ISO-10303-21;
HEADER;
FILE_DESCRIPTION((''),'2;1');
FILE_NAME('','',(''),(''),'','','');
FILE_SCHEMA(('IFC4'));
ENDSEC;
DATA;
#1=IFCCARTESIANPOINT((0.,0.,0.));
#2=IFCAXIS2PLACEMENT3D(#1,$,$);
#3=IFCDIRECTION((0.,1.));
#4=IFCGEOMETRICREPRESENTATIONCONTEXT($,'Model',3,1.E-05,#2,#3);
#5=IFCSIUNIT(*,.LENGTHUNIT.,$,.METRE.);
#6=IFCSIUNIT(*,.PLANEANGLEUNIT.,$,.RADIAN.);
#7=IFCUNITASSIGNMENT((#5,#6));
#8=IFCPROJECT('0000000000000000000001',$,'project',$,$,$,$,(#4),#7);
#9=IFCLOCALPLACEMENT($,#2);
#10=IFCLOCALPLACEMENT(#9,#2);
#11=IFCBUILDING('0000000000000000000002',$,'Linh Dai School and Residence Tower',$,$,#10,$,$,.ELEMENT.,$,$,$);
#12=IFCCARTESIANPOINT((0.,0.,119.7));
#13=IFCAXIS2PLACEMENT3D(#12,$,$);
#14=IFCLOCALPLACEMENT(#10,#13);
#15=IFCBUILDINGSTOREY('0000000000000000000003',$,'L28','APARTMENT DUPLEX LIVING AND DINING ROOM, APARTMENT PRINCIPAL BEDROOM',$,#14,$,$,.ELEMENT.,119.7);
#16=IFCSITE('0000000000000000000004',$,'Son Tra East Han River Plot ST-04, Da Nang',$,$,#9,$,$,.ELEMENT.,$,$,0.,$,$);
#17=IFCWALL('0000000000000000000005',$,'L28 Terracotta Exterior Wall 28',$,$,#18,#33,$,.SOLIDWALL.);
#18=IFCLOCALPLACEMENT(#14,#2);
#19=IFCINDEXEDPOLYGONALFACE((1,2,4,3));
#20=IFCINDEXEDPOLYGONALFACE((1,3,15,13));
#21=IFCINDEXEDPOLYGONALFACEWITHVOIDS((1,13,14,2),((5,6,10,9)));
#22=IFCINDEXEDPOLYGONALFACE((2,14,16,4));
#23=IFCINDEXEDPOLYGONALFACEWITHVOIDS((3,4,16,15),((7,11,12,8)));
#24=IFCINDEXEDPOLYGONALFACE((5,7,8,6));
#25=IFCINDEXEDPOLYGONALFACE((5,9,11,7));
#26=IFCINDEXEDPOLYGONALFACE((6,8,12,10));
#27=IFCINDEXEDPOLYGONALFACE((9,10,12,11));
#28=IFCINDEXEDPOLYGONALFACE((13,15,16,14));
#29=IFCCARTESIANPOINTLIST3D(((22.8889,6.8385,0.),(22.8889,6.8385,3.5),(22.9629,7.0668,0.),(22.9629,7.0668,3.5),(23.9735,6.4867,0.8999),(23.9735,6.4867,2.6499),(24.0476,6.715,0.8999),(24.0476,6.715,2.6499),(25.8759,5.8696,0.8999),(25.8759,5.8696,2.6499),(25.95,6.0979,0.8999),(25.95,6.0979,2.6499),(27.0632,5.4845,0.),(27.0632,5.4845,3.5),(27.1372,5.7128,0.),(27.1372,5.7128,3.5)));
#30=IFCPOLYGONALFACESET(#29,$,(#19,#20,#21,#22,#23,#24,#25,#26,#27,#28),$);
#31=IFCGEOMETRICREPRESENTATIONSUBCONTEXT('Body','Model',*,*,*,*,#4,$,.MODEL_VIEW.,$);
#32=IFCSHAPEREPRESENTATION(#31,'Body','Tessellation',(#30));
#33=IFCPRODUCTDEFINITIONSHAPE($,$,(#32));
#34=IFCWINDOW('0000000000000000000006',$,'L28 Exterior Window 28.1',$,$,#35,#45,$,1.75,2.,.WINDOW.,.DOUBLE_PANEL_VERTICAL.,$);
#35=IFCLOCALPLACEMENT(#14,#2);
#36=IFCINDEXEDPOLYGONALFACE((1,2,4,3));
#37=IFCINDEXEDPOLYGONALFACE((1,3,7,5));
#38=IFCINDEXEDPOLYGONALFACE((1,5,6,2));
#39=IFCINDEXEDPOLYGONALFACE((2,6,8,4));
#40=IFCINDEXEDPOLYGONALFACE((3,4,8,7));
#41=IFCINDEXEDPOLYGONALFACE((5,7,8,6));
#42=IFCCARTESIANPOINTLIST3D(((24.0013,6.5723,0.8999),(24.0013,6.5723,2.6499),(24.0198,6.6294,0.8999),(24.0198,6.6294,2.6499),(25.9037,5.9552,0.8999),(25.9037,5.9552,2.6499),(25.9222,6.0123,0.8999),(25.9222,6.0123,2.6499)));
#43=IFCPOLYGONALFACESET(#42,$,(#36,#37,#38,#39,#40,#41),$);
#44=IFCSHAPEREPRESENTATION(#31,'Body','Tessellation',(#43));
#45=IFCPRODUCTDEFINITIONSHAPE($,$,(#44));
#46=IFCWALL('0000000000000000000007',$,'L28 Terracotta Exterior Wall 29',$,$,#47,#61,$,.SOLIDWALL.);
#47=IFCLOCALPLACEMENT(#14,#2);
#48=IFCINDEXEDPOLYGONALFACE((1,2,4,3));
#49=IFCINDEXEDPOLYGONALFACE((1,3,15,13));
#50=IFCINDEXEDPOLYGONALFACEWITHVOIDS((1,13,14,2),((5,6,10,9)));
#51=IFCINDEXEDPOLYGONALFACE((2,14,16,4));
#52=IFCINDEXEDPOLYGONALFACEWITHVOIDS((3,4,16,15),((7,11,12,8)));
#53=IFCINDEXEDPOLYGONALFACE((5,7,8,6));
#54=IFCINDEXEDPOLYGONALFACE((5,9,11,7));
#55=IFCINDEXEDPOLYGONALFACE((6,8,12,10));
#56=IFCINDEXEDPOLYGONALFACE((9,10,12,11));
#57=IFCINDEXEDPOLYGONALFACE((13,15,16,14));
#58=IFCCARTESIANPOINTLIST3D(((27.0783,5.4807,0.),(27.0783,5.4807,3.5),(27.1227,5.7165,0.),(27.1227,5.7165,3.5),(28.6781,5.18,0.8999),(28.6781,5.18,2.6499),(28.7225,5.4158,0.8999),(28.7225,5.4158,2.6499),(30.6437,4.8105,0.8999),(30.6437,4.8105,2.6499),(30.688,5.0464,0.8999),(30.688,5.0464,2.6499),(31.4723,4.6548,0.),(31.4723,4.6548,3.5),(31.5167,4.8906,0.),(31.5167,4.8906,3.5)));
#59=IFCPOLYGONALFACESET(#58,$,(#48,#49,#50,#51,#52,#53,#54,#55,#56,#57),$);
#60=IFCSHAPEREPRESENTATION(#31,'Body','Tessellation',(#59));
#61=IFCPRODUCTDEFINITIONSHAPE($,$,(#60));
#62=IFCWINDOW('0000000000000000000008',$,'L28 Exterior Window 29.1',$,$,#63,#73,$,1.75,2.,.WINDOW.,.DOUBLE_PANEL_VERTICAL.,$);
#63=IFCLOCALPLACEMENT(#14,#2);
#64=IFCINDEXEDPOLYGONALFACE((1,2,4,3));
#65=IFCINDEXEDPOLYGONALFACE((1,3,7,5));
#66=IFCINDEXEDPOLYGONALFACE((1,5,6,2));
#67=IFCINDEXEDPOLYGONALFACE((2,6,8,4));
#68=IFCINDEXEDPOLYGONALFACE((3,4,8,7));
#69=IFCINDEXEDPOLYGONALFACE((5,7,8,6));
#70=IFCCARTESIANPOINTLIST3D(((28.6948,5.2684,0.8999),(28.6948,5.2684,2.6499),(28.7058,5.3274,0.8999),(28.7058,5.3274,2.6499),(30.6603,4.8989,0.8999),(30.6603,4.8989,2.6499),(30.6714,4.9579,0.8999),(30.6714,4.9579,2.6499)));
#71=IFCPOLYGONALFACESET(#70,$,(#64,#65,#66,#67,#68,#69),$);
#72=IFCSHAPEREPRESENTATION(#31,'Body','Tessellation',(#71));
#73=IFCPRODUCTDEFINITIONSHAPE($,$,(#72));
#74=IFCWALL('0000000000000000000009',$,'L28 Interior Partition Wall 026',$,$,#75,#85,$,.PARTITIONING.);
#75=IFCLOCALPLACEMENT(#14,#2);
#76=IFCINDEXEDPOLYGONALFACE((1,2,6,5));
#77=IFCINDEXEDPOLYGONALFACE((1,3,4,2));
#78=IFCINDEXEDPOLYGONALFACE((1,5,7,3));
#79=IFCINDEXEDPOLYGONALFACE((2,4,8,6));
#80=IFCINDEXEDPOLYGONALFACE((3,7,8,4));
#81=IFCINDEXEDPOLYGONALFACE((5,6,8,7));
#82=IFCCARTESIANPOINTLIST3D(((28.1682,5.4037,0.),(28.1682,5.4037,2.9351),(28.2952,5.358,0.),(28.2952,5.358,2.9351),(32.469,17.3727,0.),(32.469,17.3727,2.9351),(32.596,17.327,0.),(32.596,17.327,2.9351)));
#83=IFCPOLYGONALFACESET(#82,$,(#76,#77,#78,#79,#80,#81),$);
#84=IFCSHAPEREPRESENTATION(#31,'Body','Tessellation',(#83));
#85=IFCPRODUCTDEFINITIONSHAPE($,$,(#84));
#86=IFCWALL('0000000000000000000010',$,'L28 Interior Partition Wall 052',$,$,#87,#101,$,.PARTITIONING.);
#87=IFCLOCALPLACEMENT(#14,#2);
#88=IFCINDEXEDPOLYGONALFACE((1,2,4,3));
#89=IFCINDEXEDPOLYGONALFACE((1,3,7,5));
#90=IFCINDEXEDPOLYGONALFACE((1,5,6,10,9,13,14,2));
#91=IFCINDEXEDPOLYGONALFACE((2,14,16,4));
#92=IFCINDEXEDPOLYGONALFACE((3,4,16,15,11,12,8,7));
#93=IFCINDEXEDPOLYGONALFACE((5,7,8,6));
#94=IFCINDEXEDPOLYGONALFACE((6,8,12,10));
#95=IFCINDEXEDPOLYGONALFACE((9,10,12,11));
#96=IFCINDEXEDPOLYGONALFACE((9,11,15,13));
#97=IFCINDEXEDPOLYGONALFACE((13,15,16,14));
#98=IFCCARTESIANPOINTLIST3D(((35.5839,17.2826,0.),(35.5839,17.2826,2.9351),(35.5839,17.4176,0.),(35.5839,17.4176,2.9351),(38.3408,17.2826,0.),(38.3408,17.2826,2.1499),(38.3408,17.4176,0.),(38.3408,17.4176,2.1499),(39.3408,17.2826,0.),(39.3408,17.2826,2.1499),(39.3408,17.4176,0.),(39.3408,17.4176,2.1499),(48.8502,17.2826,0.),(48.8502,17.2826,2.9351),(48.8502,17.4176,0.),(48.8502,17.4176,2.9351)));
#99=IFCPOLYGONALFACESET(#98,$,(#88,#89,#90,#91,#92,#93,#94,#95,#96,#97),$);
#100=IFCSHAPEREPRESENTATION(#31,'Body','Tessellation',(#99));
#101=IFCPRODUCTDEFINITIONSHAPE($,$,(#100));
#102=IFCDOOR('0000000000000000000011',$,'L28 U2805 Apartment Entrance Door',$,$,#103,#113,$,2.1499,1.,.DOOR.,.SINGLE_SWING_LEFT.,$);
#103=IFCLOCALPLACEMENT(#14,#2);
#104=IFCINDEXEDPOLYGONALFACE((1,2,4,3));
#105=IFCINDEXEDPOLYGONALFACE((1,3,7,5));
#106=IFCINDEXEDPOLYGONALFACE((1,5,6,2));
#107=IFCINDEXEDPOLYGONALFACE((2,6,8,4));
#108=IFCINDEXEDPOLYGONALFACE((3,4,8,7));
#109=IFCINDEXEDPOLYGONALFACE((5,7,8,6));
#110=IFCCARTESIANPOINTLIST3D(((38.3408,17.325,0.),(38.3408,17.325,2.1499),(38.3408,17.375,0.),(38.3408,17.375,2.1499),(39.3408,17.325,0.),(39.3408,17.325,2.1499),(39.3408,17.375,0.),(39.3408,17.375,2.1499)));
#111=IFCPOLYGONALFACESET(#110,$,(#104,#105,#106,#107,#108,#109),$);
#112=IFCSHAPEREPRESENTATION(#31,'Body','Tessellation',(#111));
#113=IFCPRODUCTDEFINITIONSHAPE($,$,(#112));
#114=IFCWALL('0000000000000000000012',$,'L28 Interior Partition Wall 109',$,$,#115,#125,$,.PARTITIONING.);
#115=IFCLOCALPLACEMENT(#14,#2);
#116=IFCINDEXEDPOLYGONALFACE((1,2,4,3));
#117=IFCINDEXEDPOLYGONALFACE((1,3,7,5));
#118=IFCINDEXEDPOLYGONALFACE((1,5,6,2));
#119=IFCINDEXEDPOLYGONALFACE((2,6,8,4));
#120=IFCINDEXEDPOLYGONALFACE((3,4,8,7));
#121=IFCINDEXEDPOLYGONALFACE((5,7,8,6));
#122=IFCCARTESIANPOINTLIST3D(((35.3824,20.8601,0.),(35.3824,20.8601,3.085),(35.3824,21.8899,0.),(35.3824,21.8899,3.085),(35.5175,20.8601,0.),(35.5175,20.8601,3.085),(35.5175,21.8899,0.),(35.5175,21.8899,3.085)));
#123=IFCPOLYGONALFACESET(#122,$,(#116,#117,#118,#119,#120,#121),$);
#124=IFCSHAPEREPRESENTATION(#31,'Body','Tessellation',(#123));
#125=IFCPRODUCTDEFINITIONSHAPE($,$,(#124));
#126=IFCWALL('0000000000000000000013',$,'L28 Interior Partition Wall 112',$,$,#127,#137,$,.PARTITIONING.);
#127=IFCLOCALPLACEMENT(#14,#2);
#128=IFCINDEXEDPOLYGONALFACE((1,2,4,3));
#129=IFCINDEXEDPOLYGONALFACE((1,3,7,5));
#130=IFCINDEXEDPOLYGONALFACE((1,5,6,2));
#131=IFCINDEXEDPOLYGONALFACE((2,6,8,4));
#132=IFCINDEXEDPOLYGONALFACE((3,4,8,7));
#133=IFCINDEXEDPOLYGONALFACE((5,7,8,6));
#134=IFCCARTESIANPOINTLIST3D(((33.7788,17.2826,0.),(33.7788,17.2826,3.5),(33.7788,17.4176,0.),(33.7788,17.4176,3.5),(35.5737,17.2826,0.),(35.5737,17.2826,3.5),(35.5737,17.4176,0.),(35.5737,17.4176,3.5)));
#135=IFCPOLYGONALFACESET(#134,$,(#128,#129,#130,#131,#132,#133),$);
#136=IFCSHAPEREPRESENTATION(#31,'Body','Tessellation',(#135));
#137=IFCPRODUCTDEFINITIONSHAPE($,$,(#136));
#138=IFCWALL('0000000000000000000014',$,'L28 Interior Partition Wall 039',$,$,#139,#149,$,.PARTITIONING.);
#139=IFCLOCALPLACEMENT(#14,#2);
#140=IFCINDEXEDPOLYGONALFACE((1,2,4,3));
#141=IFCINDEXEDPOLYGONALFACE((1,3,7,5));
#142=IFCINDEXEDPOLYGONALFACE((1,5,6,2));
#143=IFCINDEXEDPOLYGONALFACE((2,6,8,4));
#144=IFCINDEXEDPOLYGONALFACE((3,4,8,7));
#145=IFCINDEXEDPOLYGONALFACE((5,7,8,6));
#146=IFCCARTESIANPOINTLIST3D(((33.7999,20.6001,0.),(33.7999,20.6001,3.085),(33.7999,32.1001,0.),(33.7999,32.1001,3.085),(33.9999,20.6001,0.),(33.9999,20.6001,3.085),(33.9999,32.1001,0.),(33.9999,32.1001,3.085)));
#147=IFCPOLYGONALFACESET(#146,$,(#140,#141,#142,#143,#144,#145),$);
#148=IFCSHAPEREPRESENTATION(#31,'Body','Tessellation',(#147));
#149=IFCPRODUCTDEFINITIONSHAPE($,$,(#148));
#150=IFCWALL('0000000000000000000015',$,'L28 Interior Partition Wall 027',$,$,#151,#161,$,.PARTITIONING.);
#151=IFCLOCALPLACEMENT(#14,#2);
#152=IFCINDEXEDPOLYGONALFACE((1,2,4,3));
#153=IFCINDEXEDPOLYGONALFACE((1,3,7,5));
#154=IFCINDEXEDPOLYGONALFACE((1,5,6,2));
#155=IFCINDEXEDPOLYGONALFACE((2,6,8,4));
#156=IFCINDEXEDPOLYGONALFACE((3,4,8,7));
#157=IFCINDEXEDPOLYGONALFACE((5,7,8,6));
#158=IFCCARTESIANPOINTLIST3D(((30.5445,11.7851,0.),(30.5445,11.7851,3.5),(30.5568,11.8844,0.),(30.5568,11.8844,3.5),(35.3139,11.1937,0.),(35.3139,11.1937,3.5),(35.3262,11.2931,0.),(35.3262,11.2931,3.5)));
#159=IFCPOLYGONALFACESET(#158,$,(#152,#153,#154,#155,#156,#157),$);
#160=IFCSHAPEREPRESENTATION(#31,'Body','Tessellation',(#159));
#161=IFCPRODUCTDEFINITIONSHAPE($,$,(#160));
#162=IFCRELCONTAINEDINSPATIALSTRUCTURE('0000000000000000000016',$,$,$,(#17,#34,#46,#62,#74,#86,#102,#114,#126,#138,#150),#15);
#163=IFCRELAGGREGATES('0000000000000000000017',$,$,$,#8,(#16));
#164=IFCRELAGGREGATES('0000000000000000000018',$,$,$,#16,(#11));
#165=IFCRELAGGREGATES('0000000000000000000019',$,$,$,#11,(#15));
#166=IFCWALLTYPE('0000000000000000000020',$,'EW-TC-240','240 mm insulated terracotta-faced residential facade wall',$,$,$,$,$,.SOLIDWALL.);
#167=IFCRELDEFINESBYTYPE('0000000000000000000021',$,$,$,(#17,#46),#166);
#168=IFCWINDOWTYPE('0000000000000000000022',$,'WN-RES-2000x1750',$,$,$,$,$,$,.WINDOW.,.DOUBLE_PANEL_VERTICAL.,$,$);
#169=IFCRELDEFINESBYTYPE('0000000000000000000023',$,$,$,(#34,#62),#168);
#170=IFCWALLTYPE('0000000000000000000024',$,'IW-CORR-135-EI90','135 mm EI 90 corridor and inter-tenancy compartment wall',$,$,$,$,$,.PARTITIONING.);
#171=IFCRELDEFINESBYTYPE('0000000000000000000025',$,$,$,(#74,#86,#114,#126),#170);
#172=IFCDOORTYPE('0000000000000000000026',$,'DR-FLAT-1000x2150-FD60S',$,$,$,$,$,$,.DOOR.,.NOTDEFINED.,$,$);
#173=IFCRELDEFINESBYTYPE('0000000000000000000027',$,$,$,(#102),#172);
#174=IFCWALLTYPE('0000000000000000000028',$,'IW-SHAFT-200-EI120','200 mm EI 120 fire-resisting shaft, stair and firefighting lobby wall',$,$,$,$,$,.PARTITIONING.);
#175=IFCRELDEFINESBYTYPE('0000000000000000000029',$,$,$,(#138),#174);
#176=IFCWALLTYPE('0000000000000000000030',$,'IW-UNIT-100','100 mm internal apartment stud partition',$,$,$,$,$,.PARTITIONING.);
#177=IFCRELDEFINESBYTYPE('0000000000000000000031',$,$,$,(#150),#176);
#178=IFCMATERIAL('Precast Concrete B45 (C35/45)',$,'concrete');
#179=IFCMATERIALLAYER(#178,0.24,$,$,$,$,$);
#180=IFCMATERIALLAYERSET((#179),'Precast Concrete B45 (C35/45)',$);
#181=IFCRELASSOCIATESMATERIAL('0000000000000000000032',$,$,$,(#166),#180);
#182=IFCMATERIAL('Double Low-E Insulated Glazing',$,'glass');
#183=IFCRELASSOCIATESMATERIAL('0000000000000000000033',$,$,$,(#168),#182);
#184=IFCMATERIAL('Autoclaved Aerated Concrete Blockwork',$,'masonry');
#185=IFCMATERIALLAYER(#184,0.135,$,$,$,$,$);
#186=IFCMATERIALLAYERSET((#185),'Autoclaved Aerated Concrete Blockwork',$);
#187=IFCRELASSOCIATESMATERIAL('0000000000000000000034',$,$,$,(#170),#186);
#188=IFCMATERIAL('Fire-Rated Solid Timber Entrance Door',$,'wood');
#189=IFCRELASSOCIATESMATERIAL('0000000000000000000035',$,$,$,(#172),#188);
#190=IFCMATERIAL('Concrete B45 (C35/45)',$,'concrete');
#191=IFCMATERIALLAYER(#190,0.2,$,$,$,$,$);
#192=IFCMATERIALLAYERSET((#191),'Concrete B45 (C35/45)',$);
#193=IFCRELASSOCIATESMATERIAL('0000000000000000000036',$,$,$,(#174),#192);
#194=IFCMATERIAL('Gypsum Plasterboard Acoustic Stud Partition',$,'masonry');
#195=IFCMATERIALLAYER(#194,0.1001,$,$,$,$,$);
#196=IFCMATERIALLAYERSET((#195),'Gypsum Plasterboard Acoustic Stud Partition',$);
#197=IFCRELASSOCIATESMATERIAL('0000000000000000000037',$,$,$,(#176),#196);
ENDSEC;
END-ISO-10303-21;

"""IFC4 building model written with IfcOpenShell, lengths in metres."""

from ifc_helpers import new_model, si_unit, direction, frame, frame_2d, origin, origin_2d, place, context, subcontext, project, spatial, rectangle, extrude, source, transform, mapped, material, layer, layer_set, type_object, element, fill, save


model = new_model("IFC4")

# Units and contexts
model_context = context("Model", 3, precision=1e-05, world=origin(), true_north=direction((0.0, 1.0)))
body_context = subcontext(model_context, "Body", "Model", "MODEL_VIEW")
ifc_project = project(units=[si_unit("LENGTHUNIT", "METRE"), si_unit("PLANEANGLEUNIT", "RADIAN")], contexts=[model_context])

# Site, building, storey
site_placement = place(None, origin())
site = spatial("IfcSite", under=ifc_project, at=site_placement, Name="Son Tra East Han River Plot ST-04, Da Nang", CompositionType="ELEMENT", RefElevation=0.0)
building_placement = place(site_placement, origin())
building = spatial("IfcBuilding", under=site, at=building_placement, Name="Linh Dai School and Residence Tower", CompositionType="ELEMENT")
storey_placement = place(building_placement, frame((0.0, 0.0, 119.7)))
storey = spatial("IfcBuildingStorey", under=building, at=storey_placement, Name="L28", Description="APARTMENT DUPLEX LIVING AND DINING ROOM, APARTMENT PRINCIPAL BEDROOM", CompositionType="ELEMENT", Elevation=119.7)

# Shared definitions
ifc_material_1 = material(Name="Precast Concrete B45 (C35/45)", Category="concrete")

# Walls, openings, windows
ifc_layer_1 = layer(ifc_material_1, 0.24)
ifc_layer_set_1 = layer_set([ifc_layer_1], Name="Precast Concrete B45 (C35/45)")
wall_type_1 = type_object("IfcWallType", Name="EW-TC-240", Description="240 mm insulated terracotta-faced residential facade wall", PredefinedType="SOLIDWALL", material=ifc_layer_set_1)
wall_1_placement = place(storey_placement, frame((27.1003, 5.5986, 0.0), z_axis=(0.0, 0.0, 1.0), x_axis=(-0.951211, 0.30854, 0.0)))
wall_1 = element("IfcWall", 1, at=wall_1_placement, inside=storey, type_object=wall_type_1, Name="L28 Terracotta Exterior Wall 28", PredefinedType="SOLIDWALL", context=body_context, shape_type="SweptSolid", body=[
    extrude(rectangle(XDim=4.3884, YDim=0.24, at=frame_2d((2.1943, 0.0))), origin(), (0.0, 0.0, 1.0), 3.5),
])
opening_1_placement = place(wall_1_placement, frame((1.2483, 0.0, 0.8999)))
opening_1 = element("IfcOpeningElement", 2, at=opening_1_placement, cuts=wall_1, PredefinedType="OPENING", context=body_context, shape_type="SweptSolid", body=[
    extrude(rectangle(XDim=2.0, YDim=1.75, at=origin_2d()), frame((1.0, 0.1299, 0.875), z_axis=(0.0, -1.0, 0.0), x_axis=(1.0, 0.0, 0.0)), (0.0, 0.0, 1.0), 0.26),
])
ifc_material_2 = material(Name="Double Low-E Insulated Glazing", Category="glass")
window_type = type_object("IfcWindowType", Name="WN-RES-2000x1750", PartitioningType="DOUBLE_PANEL_VERTICAL", PredefinedType="WINDOW", material=ifc_material_2)
shared_shape_1 = source(origin(), body_context, "Body", "SweptSolid", [
    extrude(rectangle(XDim=2.0, YDim=1.75, at=origin_2d()), frame((1.0, 0.03, 0.875), z_axis=(0.0, -1.0, 0.0), x_axis=(1.0, 0.0, 0.0)), (0.0, 0.0, 1.0), 0.0601),
])
window_1_placement = place(opening_1_placement, origin())
window_1 = element("IfcWindow", 3, at=window_1_placement, inside=storey, type_object=window_type, Name="L28 Exterior Window 28.1", OverallHeight=1.75, OverallWidth=2.0, PartitioningType="DOUBLE_PANEL_VERTICAL", PredefinedType="WINDOW", context=body_context, shape_type="MappedRepresentation", body=[
    mapped(shared_shape_1, transform((0.0, 0.0, 0.0), x_axis=(1.0, 0.0, 0.0), y_axis=(0.0, 1.0, 0.0), z_axis=(0.0, 0.0, 1.0), scale=1.0)),
])
fill(opening_1, window_1)
wall_2_placement = place(storey_placement, frame((31.4944, 4.7727, 0.0), z_axis=(0.0, 0.0, 1.0), x_axis=(-0.982789, 0.18473, 0.0)))
wall_2 = element("IfcWall", 4, at=wall_2_placement, inside=storey, type_object=wall_type_1, Name="L28 Terracotta Exterior Wall 29", PredefinedType="SOLIDWALL", context=body_context, shape_type="SweptSolid", body=[
    extrude(rectangle(XDim=4.4709, YDim=0.24, at=frame_2d((2.2354, 0.0))), origin(), (0.0, 0.0, 1.0), 3.5),
])
opening_2_placement = place(wall_2_placement, frame((0.843, 0.0, 0.8999)))
opening_2 = element("IfcOpeningElement", 5, at=opening_2_placement, cuts=wall_2, PredefinedType="OPENING", context=body_context, shape_type="SweptSolid", body=[
    extrude(rectangle(XDim=2.0, YDim=1.75, at=origin_2d()), frame((1.0, 0.1299, 0.875), z_axis=(0.0, -1.0, 0.0), x_axis=(1.0, 0.0, 0.0)), (0.0, 0.0, 1.0), 0.26),
])
window_2_placement = place(opening_2_placement, origin())
window_2 = element("IfcWindow", 6, at=window_2_placement, inside=storey, type_object=window_type, Name="L28 Exterior Window 29.1", OverallHeight=1.75, OverallWidth=2.0, PartitioningType="DOUBLE_PANEL_VERTICAL", PredefinedType="WINDOW", context=body_context, shape_type="MappedRepresentation", body=[
    mapped(shared_shape_1, transform((0.0, 0.0, 0.0), x_axis=(1.0, 0.0, 0.0), y_axis=(0.0, 1.0, 0.0), z_axis=(0.0, 0.0, 1.0), scale=1.0)),
])
fill(opening_2, window_2)

# Wall
ifc_material_3 = material(Name="Autoclaved Aerated Concrete Blockwork", Category="masonry")
ifc_layer_2 = layer(ifc_material_3, 0.135)
ifc_layer_set_2 = layer_set([ifc_layer_2], Name="Autoclaved Aerated Concrete Blockwork")
wall_type_2 = type_object("IfcWallType", Name="IW-CORR-135-EI90", Description="135 mm EI 90 corridor and inter-tenancy compartment wall", PredefinedType="PARTITIONING", material=ifc_layer_set_2)
wall_3_placement = place(storey_placement, frame((28.2317, 5.3809, 0.0), z_axis=(0.0, 0.0, 1.0), x_axis=(0.338159, 0.941089, 0.0)))
element("IfcWall", 7, at=wall_3_placement, inside=storey, type_object=wall_type_2, Name="L28 Interior Partition Wall 026", PredefinedType="PARTITIONING", context=body_context, shape_type="SweptSolid", body=[
    extrude(rectangle(XDim=12.7183, YDim=0.135, at=frame_2d((6.3591, 0.0))), origin(), (0.0, 0.0, 1.0), 2.9351),
])

# Wall, opening, door
wall_4_placement = place(storey_placement, frame((35.5837, 17.3501, 0.0), z_axis=(0.0, 0.0, 1.0), x_axis=(1.0, 0.0, 0.0)))
wall_4 = element("IfcWall", 8, at=wall_4_placement, inside=storey, type_object=wall_type_2, Name="L28 Interior Partition Wall 052", PredefinedType="PARTITIONING", context=body_context, shape_type="SweptSolid", body=[
    extrude(rectangle(XDim=13.2664, YDim=0.135, at=frame_2d((6.6333, 0.0))), origin(), (0.0, 0.0, 1.0), 2.9351),
])
opening_3_placement = place(wall_4_placement, frame((2.7571, 0.0, 0.0)))
opening_3 = element("IfcOpeningElement", 9, at=opening_3_placement, cuts=wall_4, PredefinedType="OPENING", context=body_context, shape_type="SweptSolid", body=[
    extrude(rectangle(XDim=1.0, YDim=2.1499, at=origin_2d()), frame((0.5, 0.0776, 1.075), z_axis=(0.0, -1.0, 0.0), x_axis=(1.0, 0.0, 0.0)), (0.0, 0.0, 1.0), 0.155),
])
ifc_material_4 = material(Name="Fire-Rated Solid Timber Entrance Door", Category="wood")
door_type_1 = type_object("IfcDoorType", Name="DR-FLAT-1000x2150-FD60S", OperationType="NOTDEFINED", PredefinedType="DOOR", material=ifc_material_4)
shared_shape_2 = source(origin(), body_context, "Body", "SweptSolid", [
    extrude(rectangle(XDim=1.0, YDim=2.1499, at=origin_2d()), frame((0.5, 0.0249, 1.075), z_axis=(0.0, -1.0, 0.0), x_axis=(1.0, 0.0, 0.0)), (0.0, 0.0, 1.0), 0.05),
])
door_1_placement = place(opening_3_placement, origin())
door_1 = element("IfcDoor", 10, at=door_1_placement, inside=storey, type_object=door_type_1, Name="L28 U2805 Apartment Entrance Door", OperationType="SINGLE_SWING_LEFT", OverallHeight=2.1499, OverallWidth=1.0, PredefinedType="DOOR", context=body_context, shape_type="MappedRepresentation", body=[
    mapped(shared_shape_2, transform((0.0, 0.0, 0.0), x_axis=(1.0, 0.0, 0.0), y_axis=(0.0, 1.0, 0.0), z_axis=(0.0, 0.0, 1.0), scale=1.0)),
])
fill(opening_3, door_1)

# Walls
wall_5_placement = place(storey_placement, frame((35.45, 21.8899, 0.0), z_axis=(0.0, 0.0, 1.0), x_axis=(0.0, -1.0, 0.0)))
element("IfcWall", 11, at=wall_5_placement, inside=storey, type_object=wall_type_2, Name="L28 Interior Partition Wall 109", PredefinedType="PARTITIONING", context=body_context, shape_type="SweptSolid", body=[
    extrude(rectangle(XDim=1.0298, YDim=0.135, at=frame_2d((0.5149, 0.0))), origin(), (0.0, 0.0, 1.0), 3.085),
])
wall_6_placement = place(storey_placement, frame((35.5737, 17.3501, 0.0), z_axis=(0.0, 0.0, 1.0), x_axis=(-1.0, 0.0, 0.0)))
element("IfcWall", 12, at=wall_6_placement, inside=storey, type_object=wall_type_2, Name="L28 Interior Partition Wall 112", PredefinedType="PARTITIONING", context=body_context, shape_type="SweptSolid", body=[
    extrude(rectangle(XDim=1.7949, YDim=0.135, at=frame_2d((0.8975, 0.0))), origin(), (0.0, 0.0, 1.0), 3.5),
])
ifc_material_5 = material(Name="Concrete B45 (C35/45)", Category="concrete")
ifc_layer_3 = layer(ifc_material_5, 0.2)
ifc_layer_set_3 = layer_set([ifc_layer_3], Name="Concrete B45 (C35/45)")
wall_type_3 = type_object("IfcWallType", Name="IW-SHAFT-200-EI120", Description="200 mm EI 120 fire-resisting shaft, stair and firefighting lobby wall", PredefinedType="PARTITIONING", material=ifc_layer_set_3)
wall_7_placement = place(storey_placement, frame((33.8999, 20.6001, 0.0), z_axis=(0.0, 0.0, 1.0), x_axis=(0.0, 1.0, 0.0)))
element("IfcWall", 13, at=wall_7_placement, inside=storey, type_object=wall_type_3, Name="L28 Interior Partition Wall 039", PredefinedType="PARTITIONING", context=body_context, shape_type="SweptSolid", body=[
    extrude(rectangle(XDim=11.5, YDim=0.2, at=frame_2d((5.75, 0.0))), origin(), (0.0, 0.0, 1.0), 3.085),
])
ifc_material_6 = material(Name="Gypsum Plasterboard Acoustic Stud Partition", Category="masonry")
ifc_layer_4 = layer(ifc_material_6, 0.1001)
ifc_layer_set_4 = layer_set([ifc_layer_4], Name="Gypsum Plasterboard Acoustic Stud Partition")
wall_type_4 = type_object("IfcWallType", Name="IW-UNIT-100", Description="100 mm internal apartment stud partition", PredefinedType="PARTITIONING", material=ifc_layer_set_4)
wall_8_placement = place(storey_placement, frame((30.5508, 11.8347, 0.0), z_axis=(0.0, 0.0, 1.0), x_axis=(0.992402, -0.123041, 0.0)))
element("IfcWall", 14, at=wall_8_placement, inside=storey, type_object=wall_type_4, Name="L28 Interior Partition Wall 027", PredefinedType="PARTITIONING", context=body_context, shape_type="SweptSolid", body=[
    extrude(rectangle(XDim=4.8059, YDim=0.1001, at=frame_2d((2.4028, 0.0))), origin(), (0.0, 0.0, 1.0), 3.5),
])

save(model, "model.ifc")
